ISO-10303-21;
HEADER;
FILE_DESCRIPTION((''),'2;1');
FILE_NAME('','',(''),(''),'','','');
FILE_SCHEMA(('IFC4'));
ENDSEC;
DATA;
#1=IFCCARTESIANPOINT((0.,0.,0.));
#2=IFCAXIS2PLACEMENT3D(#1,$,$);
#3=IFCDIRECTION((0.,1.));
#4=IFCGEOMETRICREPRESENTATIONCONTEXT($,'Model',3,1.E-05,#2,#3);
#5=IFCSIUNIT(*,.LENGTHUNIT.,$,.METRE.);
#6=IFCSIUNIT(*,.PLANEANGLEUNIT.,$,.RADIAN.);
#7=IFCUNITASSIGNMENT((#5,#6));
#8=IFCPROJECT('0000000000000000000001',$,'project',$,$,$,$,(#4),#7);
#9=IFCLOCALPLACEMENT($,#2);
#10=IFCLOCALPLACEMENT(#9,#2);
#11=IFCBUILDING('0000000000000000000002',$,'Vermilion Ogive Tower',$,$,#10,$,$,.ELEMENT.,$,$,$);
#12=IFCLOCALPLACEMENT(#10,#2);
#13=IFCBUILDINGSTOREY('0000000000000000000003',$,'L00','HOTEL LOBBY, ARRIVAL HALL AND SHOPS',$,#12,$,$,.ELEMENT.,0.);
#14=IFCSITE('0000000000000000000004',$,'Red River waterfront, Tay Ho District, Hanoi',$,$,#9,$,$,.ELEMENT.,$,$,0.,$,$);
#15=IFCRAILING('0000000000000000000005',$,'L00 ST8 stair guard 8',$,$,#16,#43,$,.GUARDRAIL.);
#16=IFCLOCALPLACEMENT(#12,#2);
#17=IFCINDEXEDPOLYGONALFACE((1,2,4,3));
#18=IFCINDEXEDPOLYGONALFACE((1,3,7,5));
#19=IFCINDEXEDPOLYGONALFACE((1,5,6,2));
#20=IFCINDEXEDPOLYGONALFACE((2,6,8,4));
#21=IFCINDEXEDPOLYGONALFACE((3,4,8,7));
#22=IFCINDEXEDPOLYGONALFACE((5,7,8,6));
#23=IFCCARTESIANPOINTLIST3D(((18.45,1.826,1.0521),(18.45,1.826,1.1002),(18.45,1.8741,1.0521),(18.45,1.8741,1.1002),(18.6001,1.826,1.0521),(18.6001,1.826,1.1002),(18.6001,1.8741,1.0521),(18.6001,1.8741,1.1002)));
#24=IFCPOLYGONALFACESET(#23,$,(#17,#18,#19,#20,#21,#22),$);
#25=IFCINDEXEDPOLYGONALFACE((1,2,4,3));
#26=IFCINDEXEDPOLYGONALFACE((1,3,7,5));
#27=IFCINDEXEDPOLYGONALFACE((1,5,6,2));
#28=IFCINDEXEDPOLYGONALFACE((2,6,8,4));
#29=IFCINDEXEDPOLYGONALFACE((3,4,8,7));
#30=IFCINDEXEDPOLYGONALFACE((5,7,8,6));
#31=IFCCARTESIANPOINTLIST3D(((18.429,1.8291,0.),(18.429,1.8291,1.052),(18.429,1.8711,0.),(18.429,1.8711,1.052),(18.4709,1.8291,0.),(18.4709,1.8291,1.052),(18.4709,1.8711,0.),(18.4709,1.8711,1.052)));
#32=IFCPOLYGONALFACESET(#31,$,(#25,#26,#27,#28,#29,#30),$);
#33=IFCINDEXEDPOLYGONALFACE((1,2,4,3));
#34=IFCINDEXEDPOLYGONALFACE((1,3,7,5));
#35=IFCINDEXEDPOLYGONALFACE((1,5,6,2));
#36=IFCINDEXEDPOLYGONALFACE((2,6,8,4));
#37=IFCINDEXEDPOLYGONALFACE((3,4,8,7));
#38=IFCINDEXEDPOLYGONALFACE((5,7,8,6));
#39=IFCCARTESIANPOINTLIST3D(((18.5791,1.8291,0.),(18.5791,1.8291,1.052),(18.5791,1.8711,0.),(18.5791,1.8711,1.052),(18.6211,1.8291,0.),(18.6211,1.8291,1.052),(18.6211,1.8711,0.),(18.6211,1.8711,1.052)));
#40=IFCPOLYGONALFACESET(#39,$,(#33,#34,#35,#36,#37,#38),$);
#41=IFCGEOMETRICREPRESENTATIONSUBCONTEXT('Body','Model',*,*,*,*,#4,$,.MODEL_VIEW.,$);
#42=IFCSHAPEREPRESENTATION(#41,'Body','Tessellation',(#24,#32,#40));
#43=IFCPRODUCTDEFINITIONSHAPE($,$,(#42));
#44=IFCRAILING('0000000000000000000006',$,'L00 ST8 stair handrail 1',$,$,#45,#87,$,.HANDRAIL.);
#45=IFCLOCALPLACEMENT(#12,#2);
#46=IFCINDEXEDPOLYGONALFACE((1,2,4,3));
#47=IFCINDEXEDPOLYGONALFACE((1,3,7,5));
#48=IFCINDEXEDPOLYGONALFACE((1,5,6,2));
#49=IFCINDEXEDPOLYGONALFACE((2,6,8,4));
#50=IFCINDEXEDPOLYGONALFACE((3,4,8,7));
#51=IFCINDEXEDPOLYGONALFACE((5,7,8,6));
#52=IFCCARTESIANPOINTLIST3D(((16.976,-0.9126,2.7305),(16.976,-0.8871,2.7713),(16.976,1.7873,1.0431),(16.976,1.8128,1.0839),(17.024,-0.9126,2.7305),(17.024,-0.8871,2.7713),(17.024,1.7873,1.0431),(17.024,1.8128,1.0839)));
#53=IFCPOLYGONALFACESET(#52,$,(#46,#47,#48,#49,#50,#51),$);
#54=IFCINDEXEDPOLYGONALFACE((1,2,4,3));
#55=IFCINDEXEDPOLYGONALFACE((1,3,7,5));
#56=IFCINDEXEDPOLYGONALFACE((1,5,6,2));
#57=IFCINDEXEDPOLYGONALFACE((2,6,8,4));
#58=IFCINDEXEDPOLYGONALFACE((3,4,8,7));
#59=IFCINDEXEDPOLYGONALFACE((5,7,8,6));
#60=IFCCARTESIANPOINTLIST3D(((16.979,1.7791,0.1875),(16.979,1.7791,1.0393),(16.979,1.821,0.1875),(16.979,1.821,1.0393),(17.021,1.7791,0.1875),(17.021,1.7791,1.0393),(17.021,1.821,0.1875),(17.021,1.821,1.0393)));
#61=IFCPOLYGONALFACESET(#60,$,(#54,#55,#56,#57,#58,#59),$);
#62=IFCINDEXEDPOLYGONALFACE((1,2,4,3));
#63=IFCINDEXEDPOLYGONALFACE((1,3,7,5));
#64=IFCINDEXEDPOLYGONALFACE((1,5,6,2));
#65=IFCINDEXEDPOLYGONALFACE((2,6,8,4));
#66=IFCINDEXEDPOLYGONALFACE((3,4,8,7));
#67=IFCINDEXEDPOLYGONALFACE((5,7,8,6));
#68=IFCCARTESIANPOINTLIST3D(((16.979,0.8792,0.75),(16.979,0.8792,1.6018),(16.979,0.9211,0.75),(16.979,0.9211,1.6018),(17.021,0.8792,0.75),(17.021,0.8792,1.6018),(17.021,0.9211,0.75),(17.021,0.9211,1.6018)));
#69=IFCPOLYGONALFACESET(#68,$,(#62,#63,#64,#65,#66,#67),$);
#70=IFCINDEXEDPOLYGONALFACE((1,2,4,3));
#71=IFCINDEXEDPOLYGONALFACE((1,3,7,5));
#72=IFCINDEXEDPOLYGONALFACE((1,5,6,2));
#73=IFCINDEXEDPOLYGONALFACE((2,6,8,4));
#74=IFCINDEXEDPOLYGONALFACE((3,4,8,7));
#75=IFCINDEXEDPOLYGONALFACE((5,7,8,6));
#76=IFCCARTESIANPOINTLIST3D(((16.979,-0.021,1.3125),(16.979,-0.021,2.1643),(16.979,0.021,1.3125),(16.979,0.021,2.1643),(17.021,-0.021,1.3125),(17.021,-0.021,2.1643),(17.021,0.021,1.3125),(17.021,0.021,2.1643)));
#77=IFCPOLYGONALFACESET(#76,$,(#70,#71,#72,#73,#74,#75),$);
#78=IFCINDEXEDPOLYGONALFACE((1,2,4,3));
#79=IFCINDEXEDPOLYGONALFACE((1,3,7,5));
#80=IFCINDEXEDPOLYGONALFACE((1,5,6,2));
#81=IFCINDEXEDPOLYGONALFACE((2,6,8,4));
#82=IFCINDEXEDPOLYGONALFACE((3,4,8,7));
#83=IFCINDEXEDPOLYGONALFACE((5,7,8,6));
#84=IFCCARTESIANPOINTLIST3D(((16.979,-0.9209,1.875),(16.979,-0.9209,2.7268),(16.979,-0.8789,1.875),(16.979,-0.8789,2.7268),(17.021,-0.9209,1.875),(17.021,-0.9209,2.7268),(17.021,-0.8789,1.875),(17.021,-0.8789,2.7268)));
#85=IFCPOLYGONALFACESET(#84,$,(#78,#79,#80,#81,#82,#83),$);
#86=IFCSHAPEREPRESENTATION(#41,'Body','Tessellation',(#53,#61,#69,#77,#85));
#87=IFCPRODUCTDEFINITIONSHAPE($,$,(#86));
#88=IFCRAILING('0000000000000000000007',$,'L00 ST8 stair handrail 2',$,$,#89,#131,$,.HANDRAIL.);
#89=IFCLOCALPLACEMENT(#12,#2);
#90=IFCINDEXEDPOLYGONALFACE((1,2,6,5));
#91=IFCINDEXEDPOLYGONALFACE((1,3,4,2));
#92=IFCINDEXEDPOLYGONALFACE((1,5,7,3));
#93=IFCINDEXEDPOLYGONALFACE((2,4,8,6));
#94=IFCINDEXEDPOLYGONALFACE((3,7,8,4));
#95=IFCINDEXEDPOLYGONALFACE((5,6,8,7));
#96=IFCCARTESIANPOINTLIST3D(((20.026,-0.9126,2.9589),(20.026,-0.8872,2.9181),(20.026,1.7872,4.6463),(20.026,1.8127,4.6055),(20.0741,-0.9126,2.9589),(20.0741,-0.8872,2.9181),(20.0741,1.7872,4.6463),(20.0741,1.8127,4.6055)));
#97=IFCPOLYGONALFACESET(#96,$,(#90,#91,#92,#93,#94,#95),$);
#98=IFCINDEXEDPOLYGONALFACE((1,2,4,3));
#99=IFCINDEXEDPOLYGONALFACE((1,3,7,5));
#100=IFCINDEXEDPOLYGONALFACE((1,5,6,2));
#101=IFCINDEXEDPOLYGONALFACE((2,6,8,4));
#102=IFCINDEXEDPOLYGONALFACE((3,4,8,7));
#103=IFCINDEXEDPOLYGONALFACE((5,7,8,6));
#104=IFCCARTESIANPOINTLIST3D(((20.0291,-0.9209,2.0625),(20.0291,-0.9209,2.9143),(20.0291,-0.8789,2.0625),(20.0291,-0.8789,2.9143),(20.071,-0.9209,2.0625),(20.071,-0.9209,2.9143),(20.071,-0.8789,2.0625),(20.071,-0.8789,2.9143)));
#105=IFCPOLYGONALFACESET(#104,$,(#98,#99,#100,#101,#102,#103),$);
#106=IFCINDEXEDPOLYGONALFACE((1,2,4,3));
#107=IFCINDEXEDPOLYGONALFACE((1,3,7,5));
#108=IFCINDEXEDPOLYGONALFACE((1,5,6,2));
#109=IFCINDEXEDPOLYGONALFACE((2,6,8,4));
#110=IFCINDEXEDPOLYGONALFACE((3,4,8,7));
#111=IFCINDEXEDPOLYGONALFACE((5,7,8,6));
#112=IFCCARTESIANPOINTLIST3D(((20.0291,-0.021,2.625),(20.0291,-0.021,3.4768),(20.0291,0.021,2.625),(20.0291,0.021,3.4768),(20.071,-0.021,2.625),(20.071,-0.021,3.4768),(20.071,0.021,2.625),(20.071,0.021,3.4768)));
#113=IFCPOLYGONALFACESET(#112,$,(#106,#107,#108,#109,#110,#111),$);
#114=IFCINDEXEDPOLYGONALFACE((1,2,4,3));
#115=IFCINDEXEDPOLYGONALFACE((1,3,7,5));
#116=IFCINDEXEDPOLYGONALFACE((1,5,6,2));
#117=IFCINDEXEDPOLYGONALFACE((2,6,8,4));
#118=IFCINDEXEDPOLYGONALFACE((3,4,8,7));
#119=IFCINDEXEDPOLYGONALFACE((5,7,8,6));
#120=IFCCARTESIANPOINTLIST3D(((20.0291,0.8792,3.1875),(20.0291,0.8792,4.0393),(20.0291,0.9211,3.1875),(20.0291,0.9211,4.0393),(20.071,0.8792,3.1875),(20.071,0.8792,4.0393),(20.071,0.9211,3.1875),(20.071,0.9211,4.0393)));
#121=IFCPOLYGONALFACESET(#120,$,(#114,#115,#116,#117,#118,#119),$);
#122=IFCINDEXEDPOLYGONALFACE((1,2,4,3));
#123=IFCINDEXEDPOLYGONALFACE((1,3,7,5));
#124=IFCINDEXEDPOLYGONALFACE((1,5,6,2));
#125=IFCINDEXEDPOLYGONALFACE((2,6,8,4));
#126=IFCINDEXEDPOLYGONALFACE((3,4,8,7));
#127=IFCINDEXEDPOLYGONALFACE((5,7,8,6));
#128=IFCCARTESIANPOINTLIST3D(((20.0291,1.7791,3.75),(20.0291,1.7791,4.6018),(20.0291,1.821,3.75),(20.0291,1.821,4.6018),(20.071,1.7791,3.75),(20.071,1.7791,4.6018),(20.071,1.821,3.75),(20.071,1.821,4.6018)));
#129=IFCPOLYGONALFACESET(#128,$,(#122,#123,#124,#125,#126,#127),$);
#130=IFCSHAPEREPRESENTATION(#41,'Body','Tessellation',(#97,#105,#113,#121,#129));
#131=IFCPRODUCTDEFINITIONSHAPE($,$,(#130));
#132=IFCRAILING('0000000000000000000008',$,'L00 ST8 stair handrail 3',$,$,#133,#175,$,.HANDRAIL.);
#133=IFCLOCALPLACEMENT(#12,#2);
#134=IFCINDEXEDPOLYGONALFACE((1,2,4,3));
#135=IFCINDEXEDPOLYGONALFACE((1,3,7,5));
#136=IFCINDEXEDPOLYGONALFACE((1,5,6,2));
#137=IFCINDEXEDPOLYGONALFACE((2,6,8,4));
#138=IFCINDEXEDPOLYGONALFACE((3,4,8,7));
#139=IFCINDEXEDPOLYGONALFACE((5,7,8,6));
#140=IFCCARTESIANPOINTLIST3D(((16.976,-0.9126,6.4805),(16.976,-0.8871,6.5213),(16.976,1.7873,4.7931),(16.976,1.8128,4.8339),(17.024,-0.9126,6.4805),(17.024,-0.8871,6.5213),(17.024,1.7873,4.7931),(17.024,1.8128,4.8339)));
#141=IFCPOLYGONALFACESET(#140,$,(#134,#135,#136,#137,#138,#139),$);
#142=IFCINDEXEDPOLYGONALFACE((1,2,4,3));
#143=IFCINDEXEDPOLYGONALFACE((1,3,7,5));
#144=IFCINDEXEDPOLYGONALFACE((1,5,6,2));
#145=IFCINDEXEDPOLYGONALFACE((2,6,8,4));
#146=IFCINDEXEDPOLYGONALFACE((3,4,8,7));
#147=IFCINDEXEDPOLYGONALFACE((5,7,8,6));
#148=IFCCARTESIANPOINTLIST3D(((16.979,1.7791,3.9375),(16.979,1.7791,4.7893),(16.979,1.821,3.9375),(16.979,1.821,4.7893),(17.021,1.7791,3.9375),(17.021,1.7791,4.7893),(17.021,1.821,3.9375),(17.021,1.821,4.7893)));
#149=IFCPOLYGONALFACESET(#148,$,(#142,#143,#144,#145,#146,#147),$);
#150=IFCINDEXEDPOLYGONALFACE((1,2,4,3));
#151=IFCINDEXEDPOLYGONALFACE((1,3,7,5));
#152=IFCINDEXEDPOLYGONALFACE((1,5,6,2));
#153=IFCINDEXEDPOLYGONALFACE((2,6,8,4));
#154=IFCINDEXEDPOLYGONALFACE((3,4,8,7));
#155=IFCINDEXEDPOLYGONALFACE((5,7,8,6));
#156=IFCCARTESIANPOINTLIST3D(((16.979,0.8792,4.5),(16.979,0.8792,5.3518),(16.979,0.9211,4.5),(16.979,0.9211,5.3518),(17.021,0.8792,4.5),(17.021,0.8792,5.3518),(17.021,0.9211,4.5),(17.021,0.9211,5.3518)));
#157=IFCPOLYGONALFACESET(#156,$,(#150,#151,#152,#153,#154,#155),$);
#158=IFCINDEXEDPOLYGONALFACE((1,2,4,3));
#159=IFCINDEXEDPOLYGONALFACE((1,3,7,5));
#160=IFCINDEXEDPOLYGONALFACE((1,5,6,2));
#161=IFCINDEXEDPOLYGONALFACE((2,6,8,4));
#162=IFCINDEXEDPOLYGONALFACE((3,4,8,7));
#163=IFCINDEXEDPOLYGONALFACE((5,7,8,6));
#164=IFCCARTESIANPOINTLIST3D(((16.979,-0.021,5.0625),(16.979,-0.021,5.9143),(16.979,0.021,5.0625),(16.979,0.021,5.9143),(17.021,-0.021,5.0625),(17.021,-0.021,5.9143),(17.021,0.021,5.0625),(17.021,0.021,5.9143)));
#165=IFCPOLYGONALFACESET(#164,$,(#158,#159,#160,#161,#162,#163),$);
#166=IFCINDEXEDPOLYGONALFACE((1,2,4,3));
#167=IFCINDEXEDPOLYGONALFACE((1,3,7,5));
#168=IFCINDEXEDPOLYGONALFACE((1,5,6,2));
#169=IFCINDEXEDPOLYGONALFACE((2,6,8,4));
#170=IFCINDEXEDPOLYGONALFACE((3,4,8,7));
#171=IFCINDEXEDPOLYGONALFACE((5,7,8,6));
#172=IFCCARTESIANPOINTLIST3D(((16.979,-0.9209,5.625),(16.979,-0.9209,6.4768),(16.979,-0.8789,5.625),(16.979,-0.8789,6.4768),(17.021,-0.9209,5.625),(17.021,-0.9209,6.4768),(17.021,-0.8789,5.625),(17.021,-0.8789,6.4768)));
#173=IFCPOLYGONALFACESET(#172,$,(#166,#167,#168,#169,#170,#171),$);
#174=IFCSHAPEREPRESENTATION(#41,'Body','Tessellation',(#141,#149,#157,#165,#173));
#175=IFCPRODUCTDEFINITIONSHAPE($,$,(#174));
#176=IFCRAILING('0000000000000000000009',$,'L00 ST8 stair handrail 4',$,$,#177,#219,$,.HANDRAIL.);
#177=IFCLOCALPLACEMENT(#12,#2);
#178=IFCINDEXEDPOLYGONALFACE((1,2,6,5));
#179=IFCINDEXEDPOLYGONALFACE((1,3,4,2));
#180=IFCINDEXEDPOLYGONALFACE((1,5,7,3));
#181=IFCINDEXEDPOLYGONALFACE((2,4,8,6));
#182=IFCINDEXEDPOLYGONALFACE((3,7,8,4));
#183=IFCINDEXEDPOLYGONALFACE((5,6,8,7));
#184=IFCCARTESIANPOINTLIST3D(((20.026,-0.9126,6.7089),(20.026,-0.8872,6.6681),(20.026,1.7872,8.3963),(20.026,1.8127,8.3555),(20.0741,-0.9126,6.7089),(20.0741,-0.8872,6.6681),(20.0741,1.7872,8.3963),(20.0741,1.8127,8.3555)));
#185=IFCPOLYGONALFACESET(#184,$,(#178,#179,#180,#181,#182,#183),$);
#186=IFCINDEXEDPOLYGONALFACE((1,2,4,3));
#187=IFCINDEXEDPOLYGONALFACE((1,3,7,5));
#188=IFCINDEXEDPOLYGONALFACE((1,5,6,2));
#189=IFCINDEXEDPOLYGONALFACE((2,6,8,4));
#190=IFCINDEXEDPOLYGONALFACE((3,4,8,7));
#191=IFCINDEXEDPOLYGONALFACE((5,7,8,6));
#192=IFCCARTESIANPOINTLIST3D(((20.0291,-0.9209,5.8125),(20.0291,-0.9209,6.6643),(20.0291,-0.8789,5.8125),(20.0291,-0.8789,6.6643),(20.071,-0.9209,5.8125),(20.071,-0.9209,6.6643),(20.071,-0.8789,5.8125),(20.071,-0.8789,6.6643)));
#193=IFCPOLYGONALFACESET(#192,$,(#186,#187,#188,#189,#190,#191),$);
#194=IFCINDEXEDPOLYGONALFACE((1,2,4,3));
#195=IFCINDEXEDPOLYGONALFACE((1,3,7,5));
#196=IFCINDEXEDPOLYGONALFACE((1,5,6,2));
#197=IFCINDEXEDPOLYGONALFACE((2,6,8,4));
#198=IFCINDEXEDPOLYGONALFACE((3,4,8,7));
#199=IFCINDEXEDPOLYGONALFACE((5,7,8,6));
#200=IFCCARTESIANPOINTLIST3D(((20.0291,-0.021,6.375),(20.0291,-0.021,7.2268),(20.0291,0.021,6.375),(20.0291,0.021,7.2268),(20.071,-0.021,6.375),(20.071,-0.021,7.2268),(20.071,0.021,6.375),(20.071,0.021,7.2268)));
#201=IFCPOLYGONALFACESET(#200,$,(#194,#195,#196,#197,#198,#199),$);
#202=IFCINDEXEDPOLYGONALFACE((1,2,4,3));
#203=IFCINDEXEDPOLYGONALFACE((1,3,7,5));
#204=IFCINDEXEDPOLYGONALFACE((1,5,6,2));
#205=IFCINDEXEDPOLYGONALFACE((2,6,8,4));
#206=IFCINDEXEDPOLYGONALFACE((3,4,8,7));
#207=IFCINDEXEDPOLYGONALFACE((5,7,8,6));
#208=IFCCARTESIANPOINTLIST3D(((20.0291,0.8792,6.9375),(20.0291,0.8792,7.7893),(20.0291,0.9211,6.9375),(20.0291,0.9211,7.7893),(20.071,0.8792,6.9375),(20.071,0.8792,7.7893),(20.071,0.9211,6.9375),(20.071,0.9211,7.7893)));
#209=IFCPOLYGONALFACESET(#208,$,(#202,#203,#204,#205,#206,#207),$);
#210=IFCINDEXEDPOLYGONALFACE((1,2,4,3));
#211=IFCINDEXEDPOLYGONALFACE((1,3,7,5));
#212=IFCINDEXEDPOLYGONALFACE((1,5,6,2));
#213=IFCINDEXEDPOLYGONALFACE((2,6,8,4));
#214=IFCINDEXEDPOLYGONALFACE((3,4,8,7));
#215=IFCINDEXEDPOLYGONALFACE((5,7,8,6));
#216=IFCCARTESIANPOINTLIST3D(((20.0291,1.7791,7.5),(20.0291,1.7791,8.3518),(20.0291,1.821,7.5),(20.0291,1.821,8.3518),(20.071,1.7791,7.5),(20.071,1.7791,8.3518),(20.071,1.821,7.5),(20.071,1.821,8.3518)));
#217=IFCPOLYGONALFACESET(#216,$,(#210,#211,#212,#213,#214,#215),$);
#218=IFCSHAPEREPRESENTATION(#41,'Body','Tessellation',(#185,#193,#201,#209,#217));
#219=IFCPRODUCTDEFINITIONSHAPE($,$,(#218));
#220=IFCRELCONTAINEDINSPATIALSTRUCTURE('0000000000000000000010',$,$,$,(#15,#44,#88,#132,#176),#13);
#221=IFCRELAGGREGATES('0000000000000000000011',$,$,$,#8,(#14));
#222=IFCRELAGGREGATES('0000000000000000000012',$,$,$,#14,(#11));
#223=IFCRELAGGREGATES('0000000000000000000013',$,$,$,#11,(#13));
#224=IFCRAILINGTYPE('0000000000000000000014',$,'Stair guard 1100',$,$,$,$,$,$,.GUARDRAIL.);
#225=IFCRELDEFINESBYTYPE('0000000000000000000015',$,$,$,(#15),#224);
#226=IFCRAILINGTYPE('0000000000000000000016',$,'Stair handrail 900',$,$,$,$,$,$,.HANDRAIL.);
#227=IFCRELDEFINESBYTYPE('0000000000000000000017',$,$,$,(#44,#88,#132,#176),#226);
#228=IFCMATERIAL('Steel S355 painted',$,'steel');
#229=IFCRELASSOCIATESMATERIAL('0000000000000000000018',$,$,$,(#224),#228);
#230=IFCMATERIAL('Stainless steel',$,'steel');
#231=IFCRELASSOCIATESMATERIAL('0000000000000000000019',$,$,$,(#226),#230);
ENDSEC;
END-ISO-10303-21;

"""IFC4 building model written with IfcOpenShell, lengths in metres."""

from ifc_helpers import new_model, si_unit, direction, frame, origin, origin_2d, place, context, subcontext, project, spatial, rectangle, extrude, material, type_object, element, save


model = new_model("IFC4")

# Units and contexts
model_context = context("Model", 3, precision=1e-05, world=origin(), true_north=direction((0.0, 1.0)))
body_context = subcontext(model_context, "Body", "Model", "MODEL_VIEW")
ifc_project = project(units=[si_unit("LENGTHUNIT", "METRE"), si_unit("PLANEANGLEUNIT", "RADIAN")], contexts=[model_context])

# Site, building, storey
site_placement = place(None, origin())
site = spatial("IfcSite", under=ifc_project, at=site_placement, Name="Red River waterfront, Tay Ho District, Hanoi", CompositionType="ELEMENT", RefElevation=0.0)
building_placement = place(site_placement, origin())
building = spatial("IfcBuilding", under=site, at=building_placement, Name="Vermilion Ogive Tower", CompositionType="ELEMENT")
storey_placement = place(building_placement, origin())
storey = spatial("IfcBuildingStorey", under=building, at=storey_placement, Name="L00", Description="HOTEL LOBBY, ARRIVAL HALL AND SHOPS", CompositionType="ELEMENT", Elevation=0.0)

# Railings
ifc_material_1 = material(Name="Steel S355 painted", Category="steel")
railing_type_1 = type_object("IfcRailingType", Name="Stair guard 1100", PredefinedType="GUARDRAIL", material=ifc_material_1)
railing_1_placement = place(storey_placement, frame((18.45, 1.8501, 0.0)))
element("IfcRailing", 1, at=railing_1_placement, inside=storey, type_object=railing_type_1, Name="L00 ST8 stair guard 8", PredefinedType="GUARDRAIL", context=body_context, shape_type="SweptSolid", body=[
    extrude(rectangle(XDim=0.0481, YDim=0.0481, at=origin_2d()), frame((0.0, 0.0, 1.0762), z_axis=(1.0, 0.0, 0.0), x_axis=(0.0, 1.0, 0.0)), (0.0, 0.0, 1.0), 0.1501),
    extrude(rectangle(XDim=0.042, YDim=0.042, at=origin_2d()), origin(), (0.0, 0.0, 1.0), 1.052),
    extrude(rectangle(XDim=0.042, YDim=0.042, at=origin_2d()), frame((0.1501, 0.0, 0.0)), (0.0, 0.0, 1.0), 1.052),
])
ifc_material_2 = material(Name="Stainless steel", Category="steel")
railing_type_2 = type_object("IfcRailingType", Name="Stair handrail 900", PredefinedType="HANDRAIL", material=ifc_material_2)
railing_2_placement = place(storey_placement, frame((17.0, 1.8, 0.1875)))
element("IfcRailing", 2, at=railing_2_placement, inside=storey, type_object=railing_type_2, Name="L00 ST8 stair handrail 1", PredefinedType="HANDRAIL", context=body_context, shape_type="SweptSolid", body=[
    extrude(rectangle(XDim=0.0481, YDim=0.0481, at=origin_2d()), frame((0.0, 0.0, 0.876), z_axis=(0.0, -0.847994, 0.530006), x_axis=(1.0, 0.0, 0.0)), (0.0, 0.0, 1.0), 3.1838),
    extrude(rectangle(XDim=0.042, YDim=0.042, at=origin_2d()), origin(), (0.0, 0.0, 1.0), 0.8518),
    extrude(rectangle(XDim=0.042, YDim=0.042, at=origin_2d()), frame((0.0, -0.8999, 0.5625)), (0.0, 0.0, 1.0), 0.8518),
    extrude(rectangle(XDim=0.042, YDim=0.042, at=origin_2d()), frame((0.0, -1.8, 1.125)), (0.0, 0.0, 1.0), 0.8518),
    extrude(rectangle(XDim=0.042, YDim=0.042, at=origin_2d()), frame((0.0, -2.7, 1.6875)), (0.0, 0.0, 1.0), 0.8518),
])
railing_3_placement = place(storey_placement, frame((20.05, -0.8999, 2.0625)))
element("IfcRailing", 3, at=railing_3_placement, inside=storey, type_object=railing_type_2, Name="L00 ST8 stair handrail 2", PredefinedType="HANDRAIL", context=body_context, shape_type="SweptSolid", body=[
    extrude(rectangle(XDim=0.0481, YDim=0.0481, at=origin_2d()), frame((0.0, 0.0, 0.876), z_axis=(0.0, 0.847994, 0.530006), x_axis=(-1.0, 0.0, 0.0)), (0.0, 0.0, 1.0), 3.1838),
    extrude(rectangle(XDim=0.042, YDim=0.042, at=origin_2d()), origin(), (0.0, 0.0, 1.0), 0.8518),
    extrude(rectangle(XDim=0.042, YDim=0.042, at=origin_2d()), frame((0.0, 0.8999, 0.5625)), (0.0, 0.0, 1.0), 0.8518),
    extrude(rectangle(XDim=0.042, YDim=0.042, at=origin_2d()), frame((0.0, 1.8, 1.125)), (0.0, 0.0, 1.0), 0.8518),
    extrude(rectangle(XDim=0.042, YDim=0.042, at=origin_2d()), frame((0.0, 2.7, 1.6875)), (0.0, 0.0, 1.0), 0.8518),
])
railing_4_placement = place(storey_placement, frame((17.0, 1.8, 3.9375)))
element("IfcRailing", 4, at=railing_4_placement, inside=storey, type_object=railing_type_2, Name="L00 ST8 stair handrail 3", PredefinedType="HANDRAIL", context=body_context, shape_type="SweptSolid", body=[
    extrude(rectangle(XDim=0.0481, YDim=0.0481, at=origin_2d()), frame((0.0, 0.0, 0.876), z_axis=(0.0, -0.847994, 0.530006), x_axis=(1.0, 0.0, 0.0)), (0.0, 0.0, 1.0), 3.1838),
    extrude(rectangle(XDim=0.042, YDim=0.042, at=origin_2d()), origin(), (0.0, 0.0, 1.0), 0.8518),
    extrude(rectangle(XDim=0.042, YDim=0.042, at=origin_2d()), frame((0.0, -0.8999, 0.5625)), (0.0, 0.0, 1.0), 0.8518),
    extrude(rectangle(XDim=0.042, YDim=0.042, at=origin_2d()), frame((0.0, -1.8, 1.125)), (0.0, 0.0, 1.0), 0.8518),
    extrude(rectangle(XDim=0.042, YDim=0.042, at=origin_2d()), frame((0.0, -2.7, 1.6875)), (0.0, 0.0, 1.0), 0.8518),
])
railing_5_placement = place(storey_placement, frame((20.05, -0.8999, 5.8125)))
element("IfcRailing", 5, at=railing_5_placement, inside=storey, type_object=railing_type_2, Name="L00 ST8 stair handrail 4", PredefinedType="HANDRAIL", context=body_context, shape_type="SweptSolid", body=[
    extrude(rectangle(XDim=0.0481, YDim=0.0481, at=origin_2d()), frame((0.0, 0.0, 0.876), z_axis=(0.0, 0.847994, 0.530006), x_axis=(-1.0, 0.0, 0.0)), (0.0, 0.0, 1.0), 3.1838),
    extrude(rectangle(XDim=0.042, YDim=0.042, at=origin_2d()), origin(), (0.0, 0.0, 1.0), 0.8518),
    extrude(rectangle(XDim=0.042, YDim=0.042, at=origin_2d()), frame((0.0, 0.8999, 0.5625)), (0.0, 0.0, 1.0), 0.8518),
    extrude(rectangle(XDim=0.042, YDim=0.042, at=origin_2d()), frame((0.0, 1.8, 1.125)), (0.0, 0.0, 1.0), 0.8518),
    extrude(rectangle(XDim=0.042, YDim=0.042, at=origin_2d()), frame((0.0, 2.7, 1.6875)), (0.0, 0.0, 1.0), 0.8518),
])

save(model, "model.ifc")
